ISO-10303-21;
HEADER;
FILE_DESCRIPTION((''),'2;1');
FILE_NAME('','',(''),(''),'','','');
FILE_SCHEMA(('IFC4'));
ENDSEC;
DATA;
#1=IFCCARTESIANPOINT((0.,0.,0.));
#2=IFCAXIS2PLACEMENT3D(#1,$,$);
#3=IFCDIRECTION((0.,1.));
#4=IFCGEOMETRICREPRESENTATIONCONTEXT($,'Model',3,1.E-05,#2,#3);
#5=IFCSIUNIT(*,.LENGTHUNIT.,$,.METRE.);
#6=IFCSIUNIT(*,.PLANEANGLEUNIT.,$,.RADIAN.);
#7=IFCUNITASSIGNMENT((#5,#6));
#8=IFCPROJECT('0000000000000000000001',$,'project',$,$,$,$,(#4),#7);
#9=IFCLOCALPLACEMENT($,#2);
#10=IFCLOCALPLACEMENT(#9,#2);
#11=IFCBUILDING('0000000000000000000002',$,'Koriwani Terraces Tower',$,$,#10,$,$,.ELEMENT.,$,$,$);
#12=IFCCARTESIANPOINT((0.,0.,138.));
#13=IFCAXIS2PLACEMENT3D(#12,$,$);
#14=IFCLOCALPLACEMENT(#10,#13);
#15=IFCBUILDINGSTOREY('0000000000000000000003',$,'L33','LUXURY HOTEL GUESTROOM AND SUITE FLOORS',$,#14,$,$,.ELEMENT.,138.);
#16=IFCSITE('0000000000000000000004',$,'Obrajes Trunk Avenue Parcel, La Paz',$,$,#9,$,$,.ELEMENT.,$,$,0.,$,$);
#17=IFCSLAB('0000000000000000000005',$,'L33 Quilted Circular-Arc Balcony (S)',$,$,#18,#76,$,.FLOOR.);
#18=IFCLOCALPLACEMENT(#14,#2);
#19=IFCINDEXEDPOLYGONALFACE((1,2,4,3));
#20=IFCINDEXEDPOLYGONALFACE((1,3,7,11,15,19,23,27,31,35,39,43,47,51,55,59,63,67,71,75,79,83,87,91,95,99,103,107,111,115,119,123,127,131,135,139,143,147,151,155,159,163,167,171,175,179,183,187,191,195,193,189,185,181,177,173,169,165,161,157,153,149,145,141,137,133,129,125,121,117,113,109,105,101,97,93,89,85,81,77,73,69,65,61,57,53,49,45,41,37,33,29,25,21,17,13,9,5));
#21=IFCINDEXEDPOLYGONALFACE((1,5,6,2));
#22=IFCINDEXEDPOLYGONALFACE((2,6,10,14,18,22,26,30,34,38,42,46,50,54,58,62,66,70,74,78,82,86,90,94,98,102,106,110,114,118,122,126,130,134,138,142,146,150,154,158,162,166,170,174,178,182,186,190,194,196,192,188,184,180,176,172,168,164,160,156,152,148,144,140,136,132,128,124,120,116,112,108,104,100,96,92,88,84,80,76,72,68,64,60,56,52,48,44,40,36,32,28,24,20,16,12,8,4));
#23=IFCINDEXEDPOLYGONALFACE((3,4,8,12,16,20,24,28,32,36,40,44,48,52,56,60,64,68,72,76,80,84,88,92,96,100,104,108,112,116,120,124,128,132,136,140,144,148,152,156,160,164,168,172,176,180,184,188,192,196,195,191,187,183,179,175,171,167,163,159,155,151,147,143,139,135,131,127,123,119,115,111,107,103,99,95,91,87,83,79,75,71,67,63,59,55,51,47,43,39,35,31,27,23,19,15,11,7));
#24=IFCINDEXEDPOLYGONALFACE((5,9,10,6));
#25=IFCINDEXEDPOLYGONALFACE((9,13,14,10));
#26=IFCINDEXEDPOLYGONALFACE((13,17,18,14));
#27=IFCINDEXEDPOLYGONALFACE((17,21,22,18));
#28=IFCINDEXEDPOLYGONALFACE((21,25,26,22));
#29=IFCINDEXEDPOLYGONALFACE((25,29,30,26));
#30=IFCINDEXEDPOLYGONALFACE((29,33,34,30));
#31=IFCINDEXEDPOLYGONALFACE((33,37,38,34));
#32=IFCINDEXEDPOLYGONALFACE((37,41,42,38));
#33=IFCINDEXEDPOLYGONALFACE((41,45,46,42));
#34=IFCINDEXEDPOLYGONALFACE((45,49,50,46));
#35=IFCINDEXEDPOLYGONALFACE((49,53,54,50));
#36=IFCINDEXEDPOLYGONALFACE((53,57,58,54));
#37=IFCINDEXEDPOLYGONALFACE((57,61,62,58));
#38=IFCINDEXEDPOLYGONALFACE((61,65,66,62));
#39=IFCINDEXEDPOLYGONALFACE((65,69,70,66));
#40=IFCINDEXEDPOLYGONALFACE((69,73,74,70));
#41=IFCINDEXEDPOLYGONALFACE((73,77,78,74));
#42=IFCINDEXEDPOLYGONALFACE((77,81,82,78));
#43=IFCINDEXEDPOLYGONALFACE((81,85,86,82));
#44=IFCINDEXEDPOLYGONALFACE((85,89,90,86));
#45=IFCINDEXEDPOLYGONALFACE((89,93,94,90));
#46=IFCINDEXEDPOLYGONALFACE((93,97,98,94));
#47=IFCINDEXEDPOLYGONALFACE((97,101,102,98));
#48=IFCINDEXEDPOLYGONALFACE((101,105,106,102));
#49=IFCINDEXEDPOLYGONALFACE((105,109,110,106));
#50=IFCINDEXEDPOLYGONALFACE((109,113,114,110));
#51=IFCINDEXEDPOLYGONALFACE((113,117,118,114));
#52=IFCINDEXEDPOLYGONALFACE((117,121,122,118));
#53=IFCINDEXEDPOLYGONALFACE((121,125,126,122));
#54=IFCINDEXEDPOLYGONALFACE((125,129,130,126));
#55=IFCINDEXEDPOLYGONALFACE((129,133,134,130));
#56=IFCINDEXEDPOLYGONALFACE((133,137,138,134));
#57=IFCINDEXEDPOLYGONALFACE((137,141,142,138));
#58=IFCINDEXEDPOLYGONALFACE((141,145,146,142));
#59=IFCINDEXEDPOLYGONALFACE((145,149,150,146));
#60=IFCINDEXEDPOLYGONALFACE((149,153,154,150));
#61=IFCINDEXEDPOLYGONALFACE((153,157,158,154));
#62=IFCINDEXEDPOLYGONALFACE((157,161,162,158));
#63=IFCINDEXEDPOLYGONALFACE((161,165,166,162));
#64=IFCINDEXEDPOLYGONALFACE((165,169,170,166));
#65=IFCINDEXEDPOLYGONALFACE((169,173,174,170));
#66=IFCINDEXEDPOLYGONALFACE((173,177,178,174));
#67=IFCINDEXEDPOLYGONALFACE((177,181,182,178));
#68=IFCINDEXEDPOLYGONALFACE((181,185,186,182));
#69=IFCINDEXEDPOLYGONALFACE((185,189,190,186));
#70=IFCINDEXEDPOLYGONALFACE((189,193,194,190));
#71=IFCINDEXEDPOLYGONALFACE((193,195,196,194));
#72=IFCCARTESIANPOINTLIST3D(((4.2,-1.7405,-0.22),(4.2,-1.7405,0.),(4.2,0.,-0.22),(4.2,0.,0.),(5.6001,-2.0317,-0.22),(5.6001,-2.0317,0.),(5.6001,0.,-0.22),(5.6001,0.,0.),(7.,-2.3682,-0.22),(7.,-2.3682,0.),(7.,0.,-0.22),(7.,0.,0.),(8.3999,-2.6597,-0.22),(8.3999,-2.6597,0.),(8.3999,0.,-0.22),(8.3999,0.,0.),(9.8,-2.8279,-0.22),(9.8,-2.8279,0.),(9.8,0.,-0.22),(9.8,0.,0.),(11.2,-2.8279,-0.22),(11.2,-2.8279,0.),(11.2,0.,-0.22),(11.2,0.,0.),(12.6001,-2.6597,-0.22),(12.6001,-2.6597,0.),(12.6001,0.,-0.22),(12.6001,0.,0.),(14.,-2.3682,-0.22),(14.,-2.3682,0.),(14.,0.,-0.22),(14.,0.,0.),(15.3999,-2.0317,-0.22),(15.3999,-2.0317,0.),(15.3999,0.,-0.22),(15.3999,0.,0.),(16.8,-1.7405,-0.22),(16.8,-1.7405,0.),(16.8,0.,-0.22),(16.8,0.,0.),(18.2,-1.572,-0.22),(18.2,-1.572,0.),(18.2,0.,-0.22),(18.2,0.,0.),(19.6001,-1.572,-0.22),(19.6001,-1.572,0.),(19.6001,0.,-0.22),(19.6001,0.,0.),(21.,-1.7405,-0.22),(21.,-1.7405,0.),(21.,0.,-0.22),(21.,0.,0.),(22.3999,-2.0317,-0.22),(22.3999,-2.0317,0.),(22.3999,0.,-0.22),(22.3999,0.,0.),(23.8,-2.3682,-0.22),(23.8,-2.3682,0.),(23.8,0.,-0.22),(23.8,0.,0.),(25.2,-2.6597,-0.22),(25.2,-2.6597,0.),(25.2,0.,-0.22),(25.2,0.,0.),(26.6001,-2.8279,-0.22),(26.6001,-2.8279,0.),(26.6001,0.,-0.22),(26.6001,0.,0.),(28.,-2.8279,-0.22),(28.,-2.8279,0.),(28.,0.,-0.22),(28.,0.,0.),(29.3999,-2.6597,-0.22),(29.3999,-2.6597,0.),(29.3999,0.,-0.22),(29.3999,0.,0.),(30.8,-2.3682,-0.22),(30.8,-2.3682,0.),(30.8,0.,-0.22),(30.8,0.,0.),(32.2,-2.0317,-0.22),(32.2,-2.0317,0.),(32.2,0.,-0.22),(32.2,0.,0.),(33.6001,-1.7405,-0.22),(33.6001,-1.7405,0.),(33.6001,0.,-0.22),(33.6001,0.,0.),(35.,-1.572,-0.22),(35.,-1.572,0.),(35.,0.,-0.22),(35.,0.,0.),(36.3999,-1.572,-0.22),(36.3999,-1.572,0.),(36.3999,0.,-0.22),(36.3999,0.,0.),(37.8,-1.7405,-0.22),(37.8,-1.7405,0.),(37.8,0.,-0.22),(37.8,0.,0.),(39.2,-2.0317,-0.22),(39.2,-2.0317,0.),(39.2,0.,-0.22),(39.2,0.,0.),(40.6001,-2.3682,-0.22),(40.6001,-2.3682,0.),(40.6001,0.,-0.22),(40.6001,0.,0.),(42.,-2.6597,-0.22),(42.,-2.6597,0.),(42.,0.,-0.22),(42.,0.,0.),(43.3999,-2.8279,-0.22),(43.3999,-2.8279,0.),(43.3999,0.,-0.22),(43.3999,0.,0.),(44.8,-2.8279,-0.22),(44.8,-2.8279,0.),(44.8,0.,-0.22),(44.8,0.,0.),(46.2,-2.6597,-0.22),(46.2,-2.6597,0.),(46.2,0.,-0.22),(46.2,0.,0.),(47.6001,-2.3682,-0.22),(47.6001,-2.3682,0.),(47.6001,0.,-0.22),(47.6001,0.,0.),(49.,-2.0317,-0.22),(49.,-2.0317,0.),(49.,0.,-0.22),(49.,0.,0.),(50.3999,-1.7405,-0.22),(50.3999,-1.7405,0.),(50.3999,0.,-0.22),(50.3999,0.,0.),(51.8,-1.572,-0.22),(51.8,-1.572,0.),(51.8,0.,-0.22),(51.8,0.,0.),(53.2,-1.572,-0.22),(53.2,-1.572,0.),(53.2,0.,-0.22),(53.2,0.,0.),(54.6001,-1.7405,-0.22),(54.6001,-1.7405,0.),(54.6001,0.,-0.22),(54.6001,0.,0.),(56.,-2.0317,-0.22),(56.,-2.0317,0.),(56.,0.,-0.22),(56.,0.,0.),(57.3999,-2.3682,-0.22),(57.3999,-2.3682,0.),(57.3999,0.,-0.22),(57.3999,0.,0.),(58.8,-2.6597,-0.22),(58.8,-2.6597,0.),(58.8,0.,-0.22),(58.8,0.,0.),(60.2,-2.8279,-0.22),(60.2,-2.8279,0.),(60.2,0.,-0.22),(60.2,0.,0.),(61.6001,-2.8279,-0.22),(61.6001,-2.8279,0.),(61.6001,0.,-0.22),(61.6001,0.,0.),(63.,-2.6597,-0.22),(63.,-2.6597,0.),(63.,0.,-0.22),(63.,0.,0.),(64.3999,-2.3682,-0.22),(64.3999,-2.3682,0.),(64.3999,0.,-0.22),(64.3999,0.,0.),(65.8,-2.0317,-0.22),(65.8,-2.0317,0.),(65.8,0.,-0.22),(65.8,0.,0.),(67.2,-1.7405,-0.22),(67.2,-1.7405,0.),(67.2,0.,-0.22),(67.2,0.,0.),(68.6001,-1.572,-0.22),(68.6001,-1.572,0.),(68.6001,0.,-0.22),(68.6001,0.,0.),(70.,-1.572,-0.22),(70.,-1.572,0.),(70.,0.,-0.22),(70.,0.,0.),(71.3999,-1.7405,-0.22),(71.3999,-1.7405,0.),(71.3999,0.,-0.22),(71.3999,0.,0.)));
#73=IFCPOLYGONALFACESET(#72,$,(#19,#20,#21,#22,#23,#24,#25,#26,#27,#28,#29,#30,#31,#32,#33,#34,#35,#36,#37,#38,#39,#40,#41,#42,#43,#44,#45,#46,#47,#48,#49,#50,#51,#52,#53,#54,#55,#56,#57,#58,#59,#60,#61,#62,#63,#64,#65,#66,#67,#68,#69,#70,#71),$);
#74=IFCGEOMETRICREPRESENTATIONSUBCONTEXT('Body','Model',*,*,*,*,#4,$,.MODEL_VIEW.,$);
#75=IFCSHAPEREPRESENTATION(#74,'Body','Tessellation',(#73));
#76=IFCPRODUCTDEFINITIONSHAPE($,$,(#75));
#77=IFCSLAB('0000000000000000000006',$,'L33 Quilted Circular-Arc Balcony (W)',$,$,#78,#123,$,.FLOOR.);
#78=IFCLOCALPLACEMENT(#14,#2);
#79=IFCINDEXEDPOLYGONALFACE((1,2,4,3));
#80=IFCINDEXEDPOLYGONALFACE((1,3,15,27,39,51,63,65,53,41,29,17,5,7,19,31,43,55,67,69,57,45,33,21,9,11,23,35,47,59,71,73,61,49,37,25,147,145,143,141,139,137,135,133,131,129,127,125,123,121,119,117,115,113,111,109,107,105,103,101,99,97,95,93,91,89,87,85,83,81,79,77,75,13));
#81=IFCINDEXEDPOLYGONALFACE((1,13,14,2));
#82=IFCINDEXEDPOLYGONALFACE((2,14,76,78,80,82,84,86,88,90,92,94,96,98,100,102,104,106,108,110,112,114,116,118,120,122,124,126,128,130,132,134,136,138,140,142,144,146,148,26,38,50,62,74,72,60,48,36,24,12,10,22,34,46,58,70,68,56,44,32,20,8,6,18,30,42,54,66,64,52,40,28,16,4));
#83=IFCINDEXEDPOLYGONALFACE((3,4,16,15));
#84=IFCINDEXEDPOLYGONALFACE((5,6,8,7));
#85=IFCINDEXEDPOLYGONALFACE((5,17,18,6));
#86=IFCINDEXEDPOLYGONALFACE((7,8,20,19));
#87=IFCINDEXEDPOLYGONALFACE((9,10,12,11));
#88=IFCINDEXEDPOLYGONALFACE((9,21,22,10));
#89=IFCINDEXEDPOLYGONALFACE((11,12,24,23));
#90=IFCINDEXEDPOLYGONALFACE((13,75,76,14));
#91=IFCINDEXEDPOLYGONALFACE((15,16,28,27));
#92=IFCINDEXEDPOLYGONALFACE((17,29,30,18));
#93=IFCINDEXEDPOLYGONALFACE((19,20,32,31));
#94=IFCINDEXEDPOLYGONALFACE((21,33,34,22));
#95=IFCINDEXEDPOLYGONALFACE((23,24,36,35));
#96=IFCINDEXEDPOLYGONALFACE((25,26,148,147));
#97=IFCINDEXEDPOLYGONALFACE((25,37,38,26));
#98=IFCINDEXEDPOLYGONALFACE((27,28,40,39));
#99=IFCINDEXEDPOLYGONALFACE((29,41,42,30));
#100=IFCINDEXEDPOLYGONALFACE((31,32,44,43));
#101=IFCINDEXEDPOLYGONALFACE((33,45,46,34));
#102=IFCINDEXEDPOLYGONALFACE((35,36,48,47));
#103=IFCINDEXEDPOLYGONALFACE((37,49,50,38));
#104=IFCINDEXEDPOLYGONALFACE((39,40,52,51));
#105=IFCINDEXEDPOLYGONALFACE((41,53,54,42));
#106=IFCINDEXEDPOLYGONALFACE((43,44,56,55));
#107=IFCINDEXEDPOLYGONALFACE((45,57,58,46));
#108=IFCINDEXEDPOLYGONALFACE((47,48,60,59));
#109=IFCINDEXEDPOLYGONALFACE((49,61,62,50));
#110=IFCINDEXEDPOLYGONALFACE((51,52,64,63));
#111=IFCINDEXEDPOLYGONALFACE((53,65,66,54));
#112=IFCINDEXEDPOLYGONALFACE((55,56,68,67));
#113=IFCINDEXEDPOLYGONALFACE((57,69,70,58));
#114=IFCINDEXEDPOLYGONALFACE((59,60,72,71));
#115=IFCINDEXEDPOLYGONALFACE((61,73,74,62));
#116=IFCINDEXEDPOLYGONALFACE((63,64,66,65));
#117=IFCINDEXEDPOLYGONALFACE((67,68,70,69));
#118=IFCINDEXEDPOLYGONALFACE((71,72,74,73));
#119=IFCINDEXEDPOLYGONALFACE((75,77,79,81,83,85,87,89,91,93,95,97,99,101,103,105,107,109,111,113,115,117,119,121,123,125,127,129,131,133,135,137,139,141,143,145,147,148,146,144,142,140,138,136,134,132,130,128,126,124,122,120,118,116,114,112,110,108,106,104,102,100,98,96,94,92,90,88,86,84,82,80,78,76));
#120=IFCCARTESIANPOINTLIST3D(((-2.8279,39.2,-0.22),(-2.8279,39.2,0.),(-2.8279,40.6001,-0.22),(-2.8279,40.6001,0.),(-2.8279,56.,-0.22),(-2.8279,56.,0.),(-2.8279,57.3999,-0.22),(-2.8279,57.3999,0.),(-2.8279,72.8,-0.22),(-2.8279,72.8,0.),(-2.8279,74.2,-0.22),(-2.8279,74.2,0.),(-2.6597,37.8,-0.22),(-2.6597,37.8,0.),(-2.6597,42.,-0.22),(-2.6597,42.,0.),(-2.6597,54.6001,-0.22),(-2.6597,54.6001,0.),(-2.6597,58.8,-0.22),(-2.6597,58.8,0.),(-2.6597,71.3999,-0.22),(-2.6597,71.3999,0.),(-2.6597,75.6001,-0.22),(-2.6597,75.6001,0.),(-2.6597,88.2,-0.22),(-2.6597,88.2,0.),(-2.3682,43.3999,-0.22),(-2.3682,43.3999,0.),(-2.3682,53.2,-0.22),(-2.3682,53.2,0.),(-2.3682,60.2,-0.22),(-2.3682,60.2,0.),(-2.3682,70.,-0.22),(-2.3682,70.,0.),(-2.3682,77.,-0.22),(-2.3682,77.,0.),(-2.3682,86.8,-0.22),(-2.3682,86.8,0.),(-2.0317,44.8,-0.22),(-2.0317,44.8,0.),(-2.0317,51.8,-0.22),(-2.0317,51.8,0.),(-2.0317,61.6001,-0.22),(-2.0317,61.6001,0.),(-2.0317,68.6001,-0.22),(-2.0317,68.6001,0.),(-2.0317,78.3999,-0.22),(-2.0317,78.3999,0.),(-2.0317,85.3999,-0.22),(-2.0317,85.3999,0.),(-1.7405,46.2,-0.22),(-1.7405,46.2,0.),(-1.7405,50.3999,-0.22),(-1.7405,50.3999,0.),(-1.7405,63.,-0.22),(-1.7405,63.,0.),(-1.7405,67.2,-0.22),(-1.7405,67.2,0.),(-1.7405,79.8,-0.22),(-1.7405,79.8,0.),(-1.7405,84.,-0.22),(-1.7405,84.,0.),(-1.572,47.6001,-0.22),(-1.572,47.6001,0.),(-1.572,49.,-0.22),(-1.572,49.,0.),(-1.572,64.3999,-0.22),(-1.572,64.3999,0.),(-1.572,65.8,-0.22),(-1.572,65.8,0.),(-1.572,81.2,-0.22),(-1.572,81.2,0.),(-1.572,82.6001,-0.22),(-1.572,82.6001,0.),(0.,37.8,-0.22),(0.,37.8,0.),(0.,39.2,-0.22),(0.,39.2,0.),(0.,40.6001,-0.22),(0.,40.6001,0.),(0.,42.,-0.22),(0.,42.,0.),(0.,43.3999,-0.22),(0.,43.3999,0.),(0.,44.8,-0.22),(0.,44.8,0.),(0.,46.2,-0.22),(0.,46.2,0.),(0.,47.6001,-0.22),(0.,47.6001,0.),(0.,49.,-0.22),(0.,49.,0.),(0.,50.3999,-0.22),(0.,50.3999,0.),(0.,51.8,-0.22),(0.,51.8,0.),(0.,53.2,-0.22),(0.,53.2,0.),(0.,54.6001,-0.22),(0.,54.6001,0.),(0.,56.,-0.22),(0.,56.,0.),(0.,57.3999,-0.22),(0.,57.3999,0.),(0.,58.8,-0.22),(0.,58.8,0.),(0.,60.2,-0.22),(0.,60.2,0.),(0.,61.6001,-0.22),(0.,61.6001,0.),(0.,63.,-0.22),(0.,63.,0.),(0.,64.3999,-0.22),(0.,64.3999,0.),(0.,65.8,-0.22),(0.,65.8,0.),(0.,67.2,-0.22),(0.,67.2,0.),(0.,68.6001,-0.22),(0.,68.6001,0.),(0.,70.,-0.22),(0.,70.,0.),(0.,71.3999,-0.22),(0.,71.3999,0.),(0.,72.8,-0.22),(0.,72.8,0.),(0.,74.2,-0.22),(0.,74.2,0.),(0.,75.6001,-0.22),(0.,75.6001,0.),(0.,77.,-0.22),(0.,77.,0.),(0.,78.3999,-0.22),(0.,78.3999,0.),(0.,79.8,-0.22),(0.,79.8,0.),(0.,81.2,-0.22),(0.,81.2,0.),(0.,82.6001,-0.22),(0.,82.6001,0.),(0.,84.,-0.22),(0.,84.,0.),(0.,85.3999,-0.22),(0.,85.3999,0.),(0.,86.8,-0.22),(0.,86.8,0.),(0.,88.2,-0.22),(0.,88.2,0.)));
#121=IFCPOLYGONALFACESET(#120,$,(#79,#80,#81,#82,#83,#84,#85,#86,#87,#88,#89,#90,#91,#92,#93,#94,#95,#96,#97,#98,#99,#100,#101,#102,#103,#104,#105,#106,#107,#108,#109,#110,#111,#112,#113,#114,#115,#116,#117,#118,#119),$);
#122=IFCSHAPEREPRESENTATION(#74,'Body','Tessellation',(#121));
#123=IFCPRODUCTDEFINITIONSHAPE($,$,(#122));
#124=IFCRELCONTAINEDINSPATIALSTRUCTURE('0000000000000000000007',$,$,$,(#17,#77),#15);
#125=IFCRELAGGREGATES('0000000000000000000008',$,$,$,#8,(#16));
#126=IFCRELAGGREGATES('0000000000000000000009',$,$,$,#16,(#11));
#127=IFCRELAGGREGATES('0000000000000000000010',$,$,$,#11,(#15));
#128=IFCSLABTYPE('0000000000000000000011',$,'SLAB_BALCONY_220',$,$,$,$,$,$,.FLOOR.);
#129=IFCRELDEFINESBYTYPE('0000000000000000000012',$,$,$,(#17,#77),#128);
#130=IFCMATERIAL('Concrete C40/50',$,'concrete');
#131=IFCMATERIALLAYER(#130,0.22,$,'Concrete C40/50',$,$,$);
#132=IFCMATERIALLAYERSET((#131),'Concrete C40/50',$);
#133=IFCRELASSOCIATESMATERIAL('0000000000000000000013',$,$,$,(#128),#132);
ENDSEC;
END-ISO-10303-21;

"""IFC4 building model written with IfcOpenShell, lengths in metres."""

from ifc_helpers import new_model, si_unit, direction, frame, origin, place, context, subcontext, project, spatial, polyline, outline, extrude, material, layer, layer_set, type_object, element, save


model = new_model("IFC4")

# Units and contexts
model_context = context("Model", 3, precision=1e-05, world=origin(), true_north=direction((0.0, 1.0)))
body_context = subcontext(model_context, "Body", "Model", "MODEL_VIEW")
ifc_project = project(units=[si_unit("LENGTHUNIT", "METRE"), si_unit("PLANEANGLEUNIT", "RADIAN")], contexts=[model_context])

# Site, building, storey
site_placement = place(None, origin())
site = spatial("IfcSite", under=ifc_project, at=site_placement, Name="Obrajes Trunk Avenue Parcel, La Paz", CompositionType="ELEMENT", RefElevation=0.0)
building_placement = place(site_placement, origin())
building = spatial("IfcBuilding", under=site, at=building_placement, Name="Koriwani Terraces Tower", CompositionType="ELEMENT")
storey_placement = place(building_placement, frame((0.0, 0.0, 138.0)))
storey = spatial("IfcBuildingStorey", under=building, at=storey_placement, Name="L33", Description="LUXURY HOTEL GUESTROOM AND SUITE FLOORS", CompositionType="ELEMENT", Elevation=138.0)

# Shared definitions
ifc_material_1 = material(Name="Concrete C40/50", Category="concrete")

# Slabs
ifc_layer_1 = layer(ifc_material_1, 0.22, Name="Concrete C40/50")
ifc_layer_set_1 = layer_set([ifc_layer_1], Name="Concrete C40/50")
slab_type_1 = type_object("IfcSlabType", Name="SLAB_BALCONY_220", PredefinedType="FLOOR", material=ifc_layer_set_1)
slab_1_placement = place(storey_placement, frame((0.0, 0.0, -0.22)))
element("IfcSlab", 1, at=slab_1_placement, inside=storey, type_object=slab_type_1, Name="L33 Quilted Circular-Arc Balcony (S)", PredefinedType="FLOOR", context=body_context, shape_type="SweptSolid", body=[
    extrude(outline(polyline([(4.2, 0.0), (5.6001, 0.0), (7.0, 0.0), (8.3999, 0.0), (9.8, 0.0), (11.2, 0.0), (12.6001, 0.0), (14.0, 0.0), (15.3999, 0.0), (16.8, 0.0), (18.2, 0.0), (19.6001, 0.0), (21.0, 0.0), (22.3999, 0.0), (23.8, 0.0), (25.2, 0.0), (26.6001, 0.0), (28.0, 0.0), (29.3999, 0.0), (30.8, 0.0), (32.2, 0.0), (33.6001, 0.0), (35.0, 0.0), (36.3999, 0.0), (37.8, 0.0), (39.2, 0.0), (40.6001, 0.0), (42.0, 0.0), (43.3999, 0.0), (44.8, 0.0), (46.2, 0.0), (47.6001, 0.0), (49.0, 0.0), (50.3999, 0.0), (51.8, 0.0), (53.2, 0.0), (54.6001, 0.0), (56.0, 0.0), (57.3999, 0.0), (58.8, 0.0), (60.2, 0.0), (61.6001, 0.0), (63.0, 0.0), (64.3999, 0.0), (65.8, 0.0), (67.2, 0.0), (68.6001, 0.0), (70.0, 0.0), (71.3999, 0.0), (71.3999, -1.7405), (70.0, -1.572), (68.6001, -1.572), (67.2, -1.7405), (65.8, -2.0317), (64.3999, -2.3682), (63.0, -2.6597), (61.6001, -2.8279), (60.2, -2.8279), (58.8, -2.6597), (57.3999, -2.3682), (56.0, -2.0317), (54.6001, -1.7405), (53.2, -1.572), (51.8, -1.572), (50.3999, -1.7405), (49.0, -2.0317), (47.6001, -2.3682), (46.2, -2.6597), (44.8, -2.8279), (43.3999, -2.8279), (42.0, -2.6597), (40.6001, -2.3682), (39.2, -2.0317), (37.8, -1.7405), (36.3999, -1.572), (35.0, -1.572), (33.6001, -1.7405), (32.2, -2.0317), (30.8, -2.3682), (29.3999, -2.6597), (28.0, -2.8279), (26.6001, -2.8279), (25.2, -2.6597), (23.8, -2.3682), (22.3999, -2.0317), (21.0, -1.7405), (19.6001, -1.572), (18.2, -1.572), (16.8, -1.7405), (15.3999, -2.0317), (14.0, -2.3682), (12.6001, -2.6597), (11.2, -2.8279), (9.8, -2.8279), (8.3999, -2.6597), (7.0, -2.3682), (5.6001, -2.0317), (4.2, -1.7405), (4.2, 0.0)])), origin(), (0.0, 0.0, 1.0), 0.22),
])
slab_2_placement = place(storey_placement, frame((0.0, 0.0, -0.22)))
element("IfcSlab", 2, at=slab_2_placement, inside=storey, type_object=slab_type_1, Name="L33 Quilted Circular-Arc Balcony (W)", PredefinedType="FLOOR", context=body_context, shape_type="SweptSolid", body=[
    extrude(outline(polyline([(0.0, 37.8), (0.0, 39.2), (0.0, 40.6001), (0.0, 42.0), (0.0, 43.3999), (0.0, 44.8), (0.0, 46.2), (0.0, 47.6001), (0.0, 49.0), (0.0, 50.3999), (0.0, 51.8), (0.0, 53.2), (0.0, 54.6001), (0.0, 56.0), (0.0, 57.3999), (0.0, 58.8), (0.0, 60.2), (0.0, 61.6001), (0.0, 63.0), (0.0, 64.3999), (0.0, 65.8), (0.0, 67.2), (0.0, 68.6001), (0.0, 70.0), (0.0, 71.3999), (0.0, 72.8), (0.0, 74.2), (0.0, 75.6001), (0.0, 77.0), (0.0, 78.3999), (0.0, 79.8), (0.0, 81.2), (0.0, 82.6001), (0.0, 84.0), (0.0, 85.3999), (0.0, 86.8), (0.0, 88.2), (-2.6597, 88.2), (-2.3682, 86.8), (-2.0317, 85.3999), (-1.7405, 84.0), (-1.572, 82.6001), (-1.572, 81.2), (-1.7405, 79.8), (-2.0317, 78.3999), (-2.3682, 77.0), (-2.6597, 75.6001), (-2.8279, 74.2), (-2.8279, 72.8), (-2.6597, 71.3999), (-2.3682, 70.0), (-2.0317, 68.6001), (-1.7405, 67.2), (-1.572, 65.8), (-1.572, 64.3999), (-1.7405, 63.0), (-2.0317, 61.6001), (-2.3682, 60.2), (-2.6597, 58.8), (-2.8279, 57.3999), (-2.8279, 56.0), (-2.6597, 54.6001), (-2.3682, 53.2), (-2.0317, 51.8), (-1.7405, 50.3999), (-1.572, 49.0), (-1.572, 47.6001), (-1.7405, 46.2), (-2.0317, 44.8), (-2.3682, 43.3999), (-2.6597, 42.0), (-2.8279, 40.6001), (-2.8279, 39.2), (-2.6597, 37.8), (0.0, 37.8)])), origin(), (0.0, 0.0, 1.0), 0.22),
])

save(model, "model.ifc")
